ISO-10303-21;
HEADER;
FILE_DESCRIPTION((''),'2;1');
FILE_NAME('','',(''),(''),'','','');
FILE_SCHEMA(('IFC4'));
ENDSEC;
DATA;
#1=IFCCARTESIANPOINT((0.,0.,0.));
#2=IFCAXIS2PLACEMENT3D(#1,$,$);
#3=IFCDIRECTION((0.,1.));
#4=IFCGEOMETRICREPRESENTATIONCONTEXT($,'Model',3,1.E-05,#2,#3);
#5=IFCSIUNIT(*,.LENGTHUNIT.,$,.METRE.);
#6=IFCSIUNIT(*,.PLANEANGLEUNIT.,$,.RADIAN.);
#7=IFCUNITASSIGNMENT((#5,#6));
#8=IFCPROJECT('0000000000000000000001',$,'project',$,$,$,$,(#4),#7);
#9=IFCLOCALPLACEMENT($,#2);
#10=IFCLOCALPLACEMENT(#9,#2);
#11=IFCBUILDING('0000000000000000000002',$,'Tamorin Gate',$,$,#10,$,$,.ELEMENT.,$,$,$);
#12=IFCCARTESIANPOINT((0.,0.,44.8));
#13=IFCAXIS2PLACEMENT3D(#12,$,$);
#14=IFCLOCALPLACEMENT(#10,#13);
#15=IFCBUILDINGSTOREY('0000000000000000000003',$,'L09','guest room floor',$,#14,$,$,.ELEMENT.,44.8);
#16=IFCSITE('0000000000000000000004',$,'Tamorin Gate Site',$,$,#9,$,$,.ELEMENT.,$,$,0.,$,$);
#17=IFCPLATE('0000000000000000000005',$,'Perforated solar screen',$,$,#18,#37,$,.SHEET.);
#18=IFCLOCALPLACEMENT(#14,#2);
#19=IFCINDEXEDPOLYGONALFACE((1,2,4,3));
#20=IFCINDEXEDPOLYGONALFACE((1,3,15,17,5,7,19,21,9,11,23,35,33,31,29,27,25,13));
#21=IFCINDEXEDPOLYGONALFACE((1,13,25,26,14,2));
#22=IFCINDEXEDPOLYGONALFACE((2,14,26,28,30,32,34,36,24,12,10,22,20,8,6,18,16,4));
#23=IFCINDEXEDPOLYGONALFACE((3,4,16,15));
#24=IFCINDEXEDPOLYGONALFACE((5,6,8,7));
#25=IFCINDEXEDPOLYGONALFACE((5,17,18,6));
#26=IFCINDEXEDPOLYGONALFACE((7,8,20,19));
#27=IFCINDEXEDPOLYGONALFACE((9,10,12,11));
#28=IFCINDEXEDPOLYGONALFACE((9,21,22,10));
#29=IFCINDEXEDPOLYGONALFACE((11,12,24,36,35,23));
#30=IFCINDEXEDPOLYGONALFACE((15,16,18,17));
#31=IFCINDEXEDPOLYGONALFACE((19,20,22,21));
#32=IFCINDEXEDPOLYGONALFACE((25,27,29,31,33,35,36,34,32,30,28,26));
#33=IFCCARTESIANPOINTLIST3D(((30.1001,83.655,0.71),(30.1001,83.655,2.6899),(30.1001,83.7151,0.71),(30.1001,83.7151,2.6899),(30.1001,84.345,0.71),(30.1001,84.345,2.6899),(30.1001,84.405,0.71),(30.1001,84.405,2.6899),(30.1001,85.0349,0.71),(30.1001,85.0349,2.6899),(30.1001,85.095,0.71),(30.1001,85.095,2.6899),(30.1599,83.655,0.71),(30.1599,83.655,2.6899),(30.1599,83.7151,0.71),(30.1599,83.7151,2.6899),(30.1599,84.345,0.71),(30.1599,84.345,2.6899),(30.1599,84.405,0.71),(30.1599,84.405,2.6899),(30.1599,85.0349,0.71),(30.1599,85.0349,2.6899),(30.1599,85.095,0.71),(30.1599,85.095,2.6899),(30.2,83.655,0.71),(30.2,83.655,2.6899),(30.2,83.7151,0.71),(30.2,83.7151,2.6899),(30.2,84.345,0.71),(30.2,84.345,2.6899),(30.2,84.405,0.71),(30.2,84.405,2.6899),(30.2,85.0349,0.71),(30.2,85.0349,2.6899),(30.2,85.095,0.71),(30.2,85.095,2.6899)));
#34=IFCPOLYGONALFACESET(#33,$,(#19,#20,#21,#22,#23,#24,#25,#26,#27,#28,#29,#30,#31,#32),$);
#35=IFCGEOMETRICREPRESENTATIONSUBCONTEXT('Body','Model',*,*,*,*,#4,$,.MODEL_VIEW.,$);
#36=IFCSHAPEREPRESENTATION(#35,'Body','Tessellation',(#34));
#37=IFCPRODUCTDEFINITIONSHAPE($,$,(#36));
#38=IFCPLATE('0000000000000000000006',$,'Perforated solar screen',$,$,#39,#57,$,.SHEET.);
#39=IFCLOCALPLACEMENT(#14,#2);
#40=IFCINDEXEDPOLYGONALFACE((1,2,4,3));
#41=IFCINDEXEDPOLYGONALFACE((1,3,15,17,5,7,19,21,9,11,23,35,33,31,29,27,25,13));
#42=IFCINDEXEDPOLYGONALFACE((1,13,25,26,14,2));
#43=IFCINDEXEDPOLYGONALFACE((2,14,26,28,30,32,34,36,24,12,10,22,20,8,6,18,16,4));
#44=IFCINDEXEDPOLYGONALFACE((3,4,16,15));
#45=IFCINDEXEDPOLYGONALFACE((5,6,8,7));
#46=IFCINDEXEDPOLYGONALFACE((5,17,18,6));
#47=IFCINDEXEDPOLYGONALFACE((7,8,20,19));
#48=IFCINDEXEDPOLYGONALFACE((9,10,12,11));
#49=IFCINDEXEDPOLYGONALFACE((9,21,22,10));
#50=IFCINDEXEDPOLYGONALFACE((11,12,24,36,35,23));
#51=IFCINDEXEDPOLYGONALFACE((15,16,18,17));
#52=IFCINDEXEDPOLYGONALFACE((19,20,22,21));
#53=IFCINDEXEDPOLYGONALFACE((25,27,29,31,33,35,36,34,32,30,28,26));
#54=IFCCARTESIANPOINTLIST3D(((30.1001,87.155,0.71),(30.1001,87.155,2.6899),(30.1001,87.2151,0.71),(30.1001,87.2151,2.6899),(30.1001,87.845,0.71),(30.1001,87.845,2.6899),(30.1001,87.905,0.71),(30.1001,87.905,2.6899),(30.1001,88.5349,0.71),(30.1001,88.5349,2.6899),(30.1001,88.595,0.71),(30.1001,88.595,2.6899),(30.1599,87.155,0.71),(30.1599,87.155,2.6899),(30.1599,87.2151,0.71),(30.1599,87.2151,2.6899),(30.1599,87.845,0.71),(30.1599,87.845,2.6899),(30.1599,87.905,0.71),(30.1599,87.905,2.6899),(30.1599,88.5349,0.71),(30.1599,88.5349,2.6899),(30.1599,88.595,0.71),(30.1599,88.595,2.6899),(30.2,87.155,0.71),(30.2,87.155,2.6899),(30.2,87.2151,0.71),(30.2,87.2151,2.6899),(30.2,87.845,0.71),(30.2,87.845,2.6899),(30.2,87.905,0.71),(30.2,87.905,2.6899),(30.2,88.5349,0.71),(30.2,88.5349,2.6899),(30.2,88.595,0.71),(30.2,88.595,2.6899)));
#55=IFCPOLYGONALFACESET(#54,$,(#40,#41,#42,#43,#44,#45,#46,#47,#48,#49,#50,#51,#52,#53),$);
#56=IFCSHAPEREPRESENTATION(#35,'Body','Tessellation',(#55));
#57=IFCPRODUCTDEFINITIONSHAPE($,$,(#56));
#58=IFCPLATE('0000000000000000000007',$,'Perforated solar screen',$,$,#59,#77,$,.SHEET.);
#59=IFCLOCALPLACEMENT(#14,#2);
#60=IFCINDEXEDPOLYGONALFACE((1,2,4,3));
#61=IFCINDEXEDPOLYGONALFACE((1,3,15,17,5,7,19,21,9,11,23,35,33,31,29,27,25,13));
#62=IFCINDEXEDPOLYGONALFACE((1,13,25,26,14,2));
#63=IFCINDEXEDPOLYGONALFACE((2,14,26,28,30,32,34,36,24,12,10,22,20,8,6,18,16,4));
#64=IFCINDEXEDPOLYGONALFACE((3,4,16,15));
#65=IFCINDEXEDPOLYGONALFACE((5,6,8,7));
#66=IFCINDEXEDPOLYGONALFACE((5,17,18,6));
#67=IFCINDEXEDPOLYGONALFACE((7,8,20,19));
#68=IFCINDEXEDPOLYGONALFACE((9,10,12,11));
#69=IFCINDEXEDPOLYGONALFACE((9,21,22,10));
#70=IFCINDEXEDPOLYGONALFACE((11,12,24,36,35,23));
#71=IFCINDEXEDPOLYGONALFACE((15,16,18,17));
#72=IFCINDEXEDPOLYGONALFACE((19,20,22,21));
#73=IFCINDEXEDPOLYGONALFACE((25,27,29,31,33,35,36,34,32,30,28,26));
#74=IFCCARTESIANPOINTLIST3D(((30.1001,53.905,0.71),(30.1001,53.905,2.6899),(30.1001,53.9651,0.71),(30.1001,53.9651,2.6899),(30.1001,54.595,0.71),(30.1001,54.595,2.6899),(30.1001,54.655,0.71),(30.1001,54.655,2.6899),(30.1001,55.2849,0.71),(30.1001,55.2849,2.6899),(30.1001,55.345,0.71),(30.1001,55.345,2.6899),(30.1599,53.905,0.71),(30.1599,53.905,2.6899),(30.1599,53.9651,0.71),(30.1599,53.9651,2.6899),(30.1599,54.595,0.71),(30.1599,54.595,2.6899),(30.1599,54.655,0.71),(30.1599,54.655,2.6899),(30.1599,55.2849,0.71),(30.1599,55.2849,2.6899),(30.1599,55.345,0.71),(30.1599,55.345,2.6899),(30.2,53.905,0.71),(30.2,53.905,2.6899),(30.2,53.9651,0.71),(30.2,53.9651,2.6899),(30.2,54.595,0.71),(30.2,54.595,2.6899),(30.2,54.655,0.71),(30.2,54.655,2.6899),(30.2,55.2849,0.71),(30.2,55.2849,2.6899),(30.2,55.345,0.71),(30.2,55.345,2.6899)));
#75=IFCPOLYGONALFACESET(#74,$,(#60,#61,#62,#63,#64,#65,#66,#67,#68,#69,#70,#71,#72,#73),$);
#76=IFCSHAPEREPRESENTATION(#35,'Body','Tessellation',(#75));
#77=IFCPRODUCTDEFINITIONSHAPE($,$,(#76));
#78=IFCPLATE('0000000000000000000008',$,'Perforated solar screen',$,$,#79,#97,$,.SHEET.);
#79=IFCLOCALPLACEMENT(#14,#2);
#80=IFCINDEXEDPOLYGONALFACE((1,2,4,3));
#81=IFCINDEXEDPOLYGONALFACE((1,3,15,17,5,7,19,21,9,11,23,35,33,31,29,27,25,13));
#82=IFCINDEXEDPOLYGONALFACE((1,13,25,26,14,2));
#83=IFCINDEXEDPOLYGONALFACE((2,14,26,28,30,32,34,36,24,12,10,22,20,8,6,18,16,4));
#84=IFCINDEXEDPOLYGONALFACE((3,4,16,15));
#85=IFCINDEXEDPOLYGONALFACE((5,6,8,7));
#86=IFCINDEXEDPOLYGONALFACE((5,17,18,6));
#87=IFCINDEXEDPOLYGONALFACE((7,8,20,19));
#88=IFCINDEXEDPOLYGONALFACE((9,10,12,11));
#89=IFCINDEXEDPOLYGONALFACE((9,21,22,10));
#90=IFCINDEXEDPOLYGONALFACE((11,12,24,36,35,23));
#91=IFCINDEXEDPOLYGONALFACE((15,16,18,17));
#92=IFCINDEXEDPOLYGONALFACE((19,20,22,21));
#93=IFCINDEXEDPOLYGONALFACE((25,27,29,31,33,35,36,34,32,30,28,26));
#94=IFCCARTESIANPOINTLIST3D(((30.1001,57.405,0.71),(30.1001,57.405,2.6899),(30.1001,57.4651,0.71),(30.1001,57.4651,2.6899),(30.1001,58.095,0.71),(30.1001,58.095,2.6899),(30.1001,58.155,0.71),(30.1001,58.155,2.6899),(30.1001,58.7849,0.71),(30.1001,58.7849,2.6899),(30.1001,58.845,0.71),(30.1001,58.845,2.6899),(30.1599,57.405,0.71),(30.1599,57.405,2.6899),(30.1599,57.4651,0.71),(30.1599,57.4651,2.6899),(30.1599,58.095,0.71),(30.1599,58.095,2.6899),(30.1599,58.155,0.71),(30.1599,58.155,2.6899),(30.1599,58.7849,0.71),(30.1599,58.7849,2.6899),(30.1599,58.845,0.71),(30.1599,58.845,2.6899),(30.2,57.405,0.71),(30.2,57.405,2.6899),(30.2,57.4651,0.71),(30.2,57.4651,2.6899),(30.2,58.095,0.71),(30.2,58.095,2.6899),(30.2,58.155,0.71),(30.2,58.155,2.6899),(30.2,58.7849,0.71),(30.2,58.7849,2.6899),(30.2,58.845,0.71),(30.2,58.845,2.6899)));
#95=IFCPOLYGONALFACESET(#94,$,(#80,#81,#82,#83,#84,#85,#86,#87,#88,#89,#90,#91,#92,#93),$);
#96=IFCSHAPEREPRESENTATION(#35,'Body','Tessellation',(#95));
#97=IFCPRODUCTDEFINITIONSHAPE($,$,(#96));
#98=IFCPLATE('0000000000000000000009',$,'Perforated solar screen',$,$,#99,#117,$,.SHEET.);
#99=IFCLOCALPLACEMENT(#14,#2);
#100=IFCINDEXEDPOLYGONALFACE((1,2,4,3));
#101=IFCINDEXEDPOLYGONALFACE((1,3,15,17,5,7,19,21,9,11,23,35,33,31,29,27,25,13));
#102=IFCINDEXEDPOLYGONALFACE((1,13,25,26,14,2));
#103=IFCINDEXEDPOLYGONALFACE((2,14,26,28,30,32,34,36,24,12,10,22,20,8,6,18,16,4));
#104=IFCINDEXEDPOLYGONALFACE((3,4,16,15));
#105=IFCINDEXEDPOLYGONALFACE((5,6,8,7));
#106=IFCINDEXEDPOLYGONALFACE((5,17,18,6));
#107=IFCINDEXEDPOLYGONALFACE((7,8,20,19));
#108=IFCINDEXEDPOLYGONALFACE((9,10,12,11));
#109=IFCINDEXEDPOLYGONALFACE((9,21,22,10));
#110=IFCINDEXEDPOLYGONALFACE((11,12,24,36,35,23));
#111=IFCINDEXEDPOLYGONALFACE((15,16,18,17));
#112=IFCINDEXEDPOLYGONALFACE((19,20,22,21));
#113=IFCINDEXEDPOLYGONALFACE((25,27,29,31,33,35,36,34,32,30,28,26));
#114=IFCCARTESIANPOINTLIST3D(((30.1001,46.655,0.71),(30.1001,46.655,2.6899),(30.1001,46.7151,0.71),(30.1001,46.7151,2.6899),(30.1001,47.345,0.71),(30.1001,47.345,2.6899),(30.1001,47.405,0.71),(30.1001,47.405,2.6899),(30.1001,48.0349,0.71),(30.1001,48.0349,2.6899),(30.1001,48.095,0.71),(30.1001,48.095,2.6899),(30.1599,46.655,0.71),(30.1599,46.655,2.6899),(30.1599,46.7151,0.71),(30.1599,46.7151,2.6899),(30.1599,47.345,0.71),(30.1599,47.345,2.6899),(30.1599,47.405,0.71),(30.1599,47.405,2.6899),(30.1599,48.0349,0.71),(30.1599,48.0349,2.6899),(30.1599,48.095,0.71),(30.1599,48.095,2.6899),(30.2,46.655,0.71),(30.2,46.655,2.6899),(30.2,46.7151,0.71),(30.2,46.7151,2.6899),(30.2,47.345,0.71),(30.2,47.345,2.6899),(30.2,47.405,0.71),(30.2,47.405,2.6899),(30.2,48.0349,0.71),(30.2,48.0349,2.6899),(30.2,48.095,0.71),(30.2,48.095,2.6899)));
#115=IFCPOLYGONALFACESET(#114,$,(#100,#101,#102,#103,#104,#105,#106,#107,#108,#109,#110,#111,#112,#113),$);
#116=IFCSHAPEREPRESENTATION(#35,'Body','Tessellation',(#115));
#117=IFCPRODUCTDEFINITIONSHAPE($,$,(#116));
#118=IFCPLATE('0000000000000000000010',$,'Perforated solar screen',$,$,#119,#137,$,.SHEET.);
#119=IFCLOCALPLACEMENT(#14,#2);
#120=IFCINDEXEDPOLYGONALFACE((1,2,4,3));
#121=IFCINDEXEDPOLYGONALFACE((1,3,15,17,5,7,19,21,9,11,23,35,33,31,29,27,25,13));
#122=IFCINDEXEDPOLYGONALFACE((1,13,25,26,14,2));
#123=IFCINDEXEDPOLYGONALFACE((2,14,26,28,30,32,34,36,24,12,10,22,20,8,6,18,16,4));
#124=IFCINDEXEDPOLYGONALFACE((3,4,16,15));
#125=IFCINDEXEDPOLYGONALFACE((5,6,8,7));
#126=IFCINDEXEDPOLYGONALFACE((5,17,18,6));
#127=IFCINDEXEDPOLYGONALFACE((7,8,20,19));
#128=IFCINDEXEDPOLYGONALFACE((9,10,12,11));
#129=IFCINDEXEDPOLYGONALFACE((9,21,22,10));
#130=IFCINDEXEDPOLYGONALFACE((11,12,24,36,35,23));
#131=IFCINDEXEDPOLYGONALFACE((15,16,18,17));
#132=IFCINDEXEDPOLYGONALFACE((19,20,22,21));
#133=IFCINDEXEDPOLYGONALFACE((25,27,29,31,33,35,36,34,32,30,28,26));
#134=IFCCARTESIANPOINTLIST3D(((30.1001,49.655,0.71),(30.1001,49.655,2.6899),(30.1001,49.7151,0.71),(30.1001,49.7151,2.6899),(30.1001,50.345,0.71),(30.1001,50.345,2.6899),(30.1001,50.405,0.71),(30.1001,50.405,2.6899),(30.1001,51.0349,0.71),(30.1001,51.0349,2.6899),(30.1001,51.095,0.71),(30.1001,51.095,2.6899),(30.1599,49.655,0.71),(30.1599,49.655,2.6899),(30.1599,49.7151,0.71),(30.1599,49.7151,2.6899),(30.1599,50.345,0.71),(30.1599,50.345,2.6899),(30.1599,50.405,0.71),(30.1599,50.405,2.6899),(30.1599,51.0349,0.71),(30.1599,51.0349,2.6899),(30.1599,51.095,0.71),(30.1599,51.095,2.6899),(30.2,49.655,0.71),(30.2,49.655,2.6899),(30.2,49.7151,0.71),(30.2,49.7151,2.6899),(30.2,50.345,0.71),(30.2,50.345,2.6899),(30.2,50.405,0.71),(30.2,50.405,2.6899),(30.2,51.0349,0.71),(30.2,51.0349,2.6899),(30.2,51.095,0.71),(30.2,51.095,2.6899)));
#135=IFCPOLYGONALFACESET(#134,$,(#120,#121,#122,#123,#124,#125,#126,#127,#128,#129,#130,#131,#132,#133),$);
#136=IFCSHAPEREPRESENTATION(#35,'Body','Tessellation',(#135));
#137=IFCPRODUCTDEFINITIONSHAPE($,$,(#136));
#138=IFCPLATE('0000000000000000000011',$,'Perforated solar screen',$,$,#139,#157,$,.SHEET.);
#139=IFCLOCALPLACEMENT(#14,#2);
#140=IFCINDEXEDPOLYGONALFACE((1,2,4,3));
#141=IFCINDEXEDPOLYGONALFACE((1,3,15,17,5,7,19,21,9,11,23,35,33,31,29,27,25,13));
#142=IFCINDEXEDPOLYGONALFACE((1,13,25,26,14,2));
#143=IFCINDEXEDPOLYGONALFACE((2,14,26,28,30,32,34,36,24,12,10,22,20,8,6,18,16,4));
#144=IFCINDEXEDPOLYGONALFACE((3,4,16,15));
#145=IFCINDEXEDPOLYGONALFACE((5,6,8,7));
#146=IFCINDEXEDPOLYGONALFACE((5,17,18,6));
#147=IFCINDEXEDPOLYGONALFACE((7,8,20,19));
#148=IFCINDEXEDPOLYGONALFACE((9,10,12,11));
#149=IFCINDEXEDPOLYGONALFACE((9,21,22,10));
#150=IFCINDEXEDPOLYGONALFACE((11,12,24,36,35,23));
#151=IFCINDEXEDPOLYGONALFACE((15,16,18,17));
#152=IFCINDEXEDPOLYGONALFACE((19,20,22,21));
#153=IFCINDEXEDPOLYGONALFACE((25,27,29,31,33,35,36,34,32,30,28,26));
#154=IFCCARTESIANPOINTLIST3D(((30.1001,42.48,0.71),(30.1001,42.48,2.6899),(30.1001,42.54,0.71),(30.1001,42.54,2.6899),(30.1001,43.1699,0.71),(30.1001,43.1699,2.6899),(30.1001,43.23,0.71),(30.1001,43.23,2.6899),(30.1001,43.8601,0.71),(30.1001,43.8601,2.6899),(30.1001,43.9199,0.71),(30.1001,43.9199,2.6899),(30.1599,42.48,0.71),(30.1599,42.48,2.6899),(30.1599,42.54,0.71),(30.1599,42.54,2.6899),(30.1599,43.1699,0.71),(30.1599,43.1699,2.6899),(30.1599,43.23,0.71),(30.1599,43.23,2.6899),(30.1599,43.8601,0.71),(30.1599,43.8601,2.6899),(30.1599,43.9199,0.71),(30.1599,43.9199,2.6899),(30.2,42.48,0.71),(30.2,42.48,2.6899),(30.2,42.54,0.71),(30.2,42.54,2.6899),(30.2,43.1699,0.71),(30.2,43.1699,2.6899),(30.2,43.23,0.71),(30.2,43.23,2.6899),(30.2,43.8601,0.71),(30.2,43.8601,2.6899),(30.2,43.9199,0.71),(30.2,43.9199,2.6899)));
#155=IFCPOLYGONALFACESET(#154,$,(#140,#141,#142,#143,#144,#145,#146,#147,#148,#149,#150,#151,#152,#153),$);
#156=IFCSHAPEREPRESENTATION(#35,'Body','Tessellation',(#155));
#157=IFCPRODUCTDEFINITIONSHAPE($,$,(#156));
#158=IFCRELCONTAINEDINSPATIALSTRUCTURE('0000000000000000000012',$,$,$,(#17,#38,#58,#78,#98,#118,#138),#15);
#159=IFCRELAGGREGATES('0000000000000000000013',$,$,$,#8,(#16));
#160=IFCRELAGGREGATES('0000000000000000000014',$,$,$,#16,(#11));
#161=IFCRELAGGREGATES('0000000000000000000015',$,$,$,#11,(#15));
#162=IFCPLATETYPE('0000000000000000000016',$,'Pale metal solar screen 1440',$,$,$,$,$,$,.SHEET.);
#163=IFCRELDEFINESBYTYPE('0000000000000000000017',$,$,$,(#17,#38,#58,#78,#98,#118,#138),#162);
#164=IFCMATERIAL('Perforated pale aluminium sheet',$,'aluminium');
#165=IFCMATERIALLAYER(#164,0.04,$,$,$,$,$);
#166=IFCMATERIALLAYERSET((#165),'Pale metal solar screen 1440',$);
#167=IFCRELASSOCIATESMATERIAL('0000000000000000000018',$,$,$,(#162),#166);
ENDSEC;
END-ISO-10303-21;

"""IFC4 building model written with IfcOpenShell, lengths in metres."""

from ifc_helpers import new_model, si_unit, direction, frame, origin, place, context, subcontext, project, spatial, polyline, outline, extrude, material, layer, layer_set, type_object, element, save


model = new_model("IFC4")

# Units and contexts
model_context = context("Model", 3, precision=1e-05, world=origin(), true_north=direction((0.0, 1.0)))
body_context = subcontext(model_context, "Body", "Model", "MODEL_VIEW")
ifc_project = project(units=[si_unit("LENGTHUNIT", "METRE"), si_unit("PLANEANGLEUNIT", "RADIAN")], contexts=[model_context])

# Site, building, storey
site_placement = place(None, origin())
site = spatial("IfcSite", under=ifc_project, at=site_placement, Name="Tamorin Gate Site", CompositionType="ELEMENT", RefElevation=0.0)
building_placement = place(site_placement, origin())
building = spatial("IfcBuilding", under=site, at=building_placement, Name="Tamorin Gate", CompositionType="ELEMENT")
storey_placement = place(building_placement, frame((0.0, 0.0, 44.8)))
storey = spatial("IfcBuildingStorey", under=building, at=storey_placement, Name="L09", Description="guest room floor", CompositionType="ELEMENT", Elevation=44.8)

# Plates
ifc_material_1 = material(Name="Perforated pale aluminium sheet", Category="aluminium")
ifc_layer_1 = layer(ifc_material_1, 0.04)
ifc_layer_set_1 = layer_set([ifc_layer_1], Name="Pale metal solar screen 1440")
plate_type = type_object("IfcPlateType", Name="Pale metal solar screen 1440", PredefinedType="SHEET", material=ifc_layer_set_1)
plate_1_placement = place(storey_placement, frame((0.0, 0.0, 0.71)))
element("IfcPlate", 1, at=plate_1_placement, inside=storey, type_object=plate_type, Name="Perforated solar screen", PredefinedType="SHEET", context=body_context, shape_type="SweptSolid", body=[
    extrude(outline(polyline([(30.1599, 85.095), (30.2, 85.095), (30.2, 85.0349), (30.2, 84.405), (30.2, 84.345), (30.2, 83.7151), (30.2, 83.655), (30.1599, 83.655), (30.1001, 83.655), (30.1001, 83.7151), (30.1599, 83.7151), (30.1599, 84.345), (30.1001, 84.345), (30.1001, 84.405), (30.1599, 84.405), (30.1599, 85.0349), (30.1001, 85.0349), (30.1001, 85.095), (30.1599, 85.095)])), origin(), (0.0, 0.0, 1.0), 1.98),
])
plate_2_placement = place(storey_placement, frame((0.0, 0.0, 0.71)))
element("IfcPlate", 2, at=plate_2_placement, inside=storey, type_object=plate_type, Name="Perforated solar screen", PredefinedType="SHEET", context=body_context, shape_type="SweptSolid", body=[
    extrude(outline(polyline([(30.1599, 88.595), (30.2, 88.595), (30.2, 88.5349), (30.2, 87.905), (30.2, 87.845), (30.2, 87.2151), (30.2, 87.155), (30.1599, 87.155), (30.1001, 87.155), (30.1001, 87.2151), (30.1599, 87.2151), (30.1599, 87.845), (30.1001, 87.845), (30.1001, 87.905), (30.1599, 87.905), (30.1599, 88.5349), (30.1001, 88.5349), (30.1001, 88.595), (30.1599, 88.595)])), origin(), (0.0, 0.0, 1.0), 1.98),
])
plate_3_placement = place(storey_placement, frame((0.0, 0.0, 0.71)))
element("IfcPlate", 3, at=plate_3_placement, inside=storey, type_object=plate_type, Name="Perforated solar screen", PredefinedType="SHEET", context=body_context, shape_type="SweptSolid", body=[
    extrude(outline(polyline([(30.1599, 55.345), (30.2, 55.345), (30.2, 55.2849), (30.2, 54.655), (30.2, 54.595), (30.2, 53.9651), (30.2, 53.905), (30.1599, 53.905), (30.1001, 53.905), (30.1001, 53.9651), (30.1599, 53.9651), (30.1599, 54.595), (30.1001, 54.595), (30.1001, 54.655), (30.1599, 54.655), (30.1599, 55.2849), (30.1001, 55.2849), (30.1001, 55.345), (30.1599, 55.345)])), origin(), (0.0, 0.0, 1.0), 1.98),
])
plate_4_placement = place(storey_placement, frame((0.0, 0.0, 0.71)))
element("IfcPlate", 4, at=plate_4_placement, inside=storey, type_object=plate_type, Name="Perforated solar screen", PredefinedType="SHEET", context=body_context, shape_type="SweptSolid", body=[
    extrude(outline(polyline([(30.1599, 58.845), (30.2, 58.845), (30.2, 58.7849), (30.2, 58.155), (30.2, 58.095), (30.2, 57.4651), (30.2, 57.405), (30.1599, 57.405), (30.1001, 57.405), (30.1001, 57.4651), (30.1599, 57.4651), (30.1599, 58.095), (30.1001, 58.095), (30.1001, 58.155), (30.1599, 58.155), (30.1599, 58.7849), (30.1001, 58.7849), (30.1001, 58.845), (30.1599, 58.845)])), origin(), (0.0, 0.0, 1.0), 1.98),
])
plate_5_placement = place(storey_placement, frame((0.0, 0.0, 0.71)))
element("IfcPlate", 5, at=plate_5_placement, inside=storey, type_object=plate_type, Name="Perforated solar screen", PredefinedType="SHEET", context=body_context, shape_type="SweptSolid", body=[
    extrude(outline(polyline([(30.1599, 48.095), (30.2, 48.095), (30.2, 48.0349), (30.2, 47.405), (30.2, 47.345), (30.2, 46.7151), (30.2, 46.655), (30.1599, 46.655), (30.1001, 46.655), (30.1001, 46.7151), (30.1599, 46.7151), (30.1599, 47.345), (30.1001, 47.345), (30.1001, 47.405), (30.1599, 47.405), (30.1599, 48.0349), (30.1001, 48.0349), (30.1001, 48.095), (30.1599, 48.095)])), origin(), (0.0, 0.0, 1.0), 1.98),
])
plate_6_placement = place(storey_placement, frame((0.0, 0.0, 0.71)))
element("IfcPlate", 6, at=plate_6_placement, inside=storey, type_object=plate_type, Name="Perforated solar screen", PredefinedType="SHEET", context=body_context, shape_type="SweptSolid", body=[
    extrude(outline(polyline([(30.1599, 51.095), (30.2, 51.095), (30.2, 51.0349), (30.2, 50.405), (30.2, 50.345), (30.2, 49.7151), (30.2, 49.655), (30.1599, 49.655), (30.1001, 49.655), (30.1001, 49.7151), (30.1599, 49.7151), (30.1599, 50.345), (30.1001, 50.345), (30.1001, 50.405), (30.1599, 50.405), (30.1599, 51.0349), (30.1001, 51.0349), (30.1001, 51.095), (30.1599, 51.095)])), origin(), (0.0, 0.0, 1.0), 1.98),
])
plate_7_placement = place(storey_placement, frame((0.0, 0.0, 0.71)))
element("IfcPlate", 7, at=plate_7_placement, inside=storey, type_object=plate_type, Name="Perforated solar screen", PredefinedType="SHEET", context=body_context, shape_type="SweptSolid", body=[
    extrude(outline(polyline([(30.1599, 43.9199), (30.2, 43.9199), (30.2, 43.8601), (30.2, 43.23), (30.2, 43.1699), (30.2, 42.54), (30.2, 42.48), (30.1599, 42.48), (30.1001, 42.48), (30.1001, 42.54), (30.1599, 42.54), (30.1599, 43.1699), (30.1001, 43.1699), (30.1001, 43.23), (30.1599, 43.23), (30.1599, 43.8601), (30.1001, 43.8601), (30.1001, 43.9199), (30.1599, 43.9199)])), origin(), (0.0, 0.0, 1.0), 1.98),
])

save(model, "model.ifc")
